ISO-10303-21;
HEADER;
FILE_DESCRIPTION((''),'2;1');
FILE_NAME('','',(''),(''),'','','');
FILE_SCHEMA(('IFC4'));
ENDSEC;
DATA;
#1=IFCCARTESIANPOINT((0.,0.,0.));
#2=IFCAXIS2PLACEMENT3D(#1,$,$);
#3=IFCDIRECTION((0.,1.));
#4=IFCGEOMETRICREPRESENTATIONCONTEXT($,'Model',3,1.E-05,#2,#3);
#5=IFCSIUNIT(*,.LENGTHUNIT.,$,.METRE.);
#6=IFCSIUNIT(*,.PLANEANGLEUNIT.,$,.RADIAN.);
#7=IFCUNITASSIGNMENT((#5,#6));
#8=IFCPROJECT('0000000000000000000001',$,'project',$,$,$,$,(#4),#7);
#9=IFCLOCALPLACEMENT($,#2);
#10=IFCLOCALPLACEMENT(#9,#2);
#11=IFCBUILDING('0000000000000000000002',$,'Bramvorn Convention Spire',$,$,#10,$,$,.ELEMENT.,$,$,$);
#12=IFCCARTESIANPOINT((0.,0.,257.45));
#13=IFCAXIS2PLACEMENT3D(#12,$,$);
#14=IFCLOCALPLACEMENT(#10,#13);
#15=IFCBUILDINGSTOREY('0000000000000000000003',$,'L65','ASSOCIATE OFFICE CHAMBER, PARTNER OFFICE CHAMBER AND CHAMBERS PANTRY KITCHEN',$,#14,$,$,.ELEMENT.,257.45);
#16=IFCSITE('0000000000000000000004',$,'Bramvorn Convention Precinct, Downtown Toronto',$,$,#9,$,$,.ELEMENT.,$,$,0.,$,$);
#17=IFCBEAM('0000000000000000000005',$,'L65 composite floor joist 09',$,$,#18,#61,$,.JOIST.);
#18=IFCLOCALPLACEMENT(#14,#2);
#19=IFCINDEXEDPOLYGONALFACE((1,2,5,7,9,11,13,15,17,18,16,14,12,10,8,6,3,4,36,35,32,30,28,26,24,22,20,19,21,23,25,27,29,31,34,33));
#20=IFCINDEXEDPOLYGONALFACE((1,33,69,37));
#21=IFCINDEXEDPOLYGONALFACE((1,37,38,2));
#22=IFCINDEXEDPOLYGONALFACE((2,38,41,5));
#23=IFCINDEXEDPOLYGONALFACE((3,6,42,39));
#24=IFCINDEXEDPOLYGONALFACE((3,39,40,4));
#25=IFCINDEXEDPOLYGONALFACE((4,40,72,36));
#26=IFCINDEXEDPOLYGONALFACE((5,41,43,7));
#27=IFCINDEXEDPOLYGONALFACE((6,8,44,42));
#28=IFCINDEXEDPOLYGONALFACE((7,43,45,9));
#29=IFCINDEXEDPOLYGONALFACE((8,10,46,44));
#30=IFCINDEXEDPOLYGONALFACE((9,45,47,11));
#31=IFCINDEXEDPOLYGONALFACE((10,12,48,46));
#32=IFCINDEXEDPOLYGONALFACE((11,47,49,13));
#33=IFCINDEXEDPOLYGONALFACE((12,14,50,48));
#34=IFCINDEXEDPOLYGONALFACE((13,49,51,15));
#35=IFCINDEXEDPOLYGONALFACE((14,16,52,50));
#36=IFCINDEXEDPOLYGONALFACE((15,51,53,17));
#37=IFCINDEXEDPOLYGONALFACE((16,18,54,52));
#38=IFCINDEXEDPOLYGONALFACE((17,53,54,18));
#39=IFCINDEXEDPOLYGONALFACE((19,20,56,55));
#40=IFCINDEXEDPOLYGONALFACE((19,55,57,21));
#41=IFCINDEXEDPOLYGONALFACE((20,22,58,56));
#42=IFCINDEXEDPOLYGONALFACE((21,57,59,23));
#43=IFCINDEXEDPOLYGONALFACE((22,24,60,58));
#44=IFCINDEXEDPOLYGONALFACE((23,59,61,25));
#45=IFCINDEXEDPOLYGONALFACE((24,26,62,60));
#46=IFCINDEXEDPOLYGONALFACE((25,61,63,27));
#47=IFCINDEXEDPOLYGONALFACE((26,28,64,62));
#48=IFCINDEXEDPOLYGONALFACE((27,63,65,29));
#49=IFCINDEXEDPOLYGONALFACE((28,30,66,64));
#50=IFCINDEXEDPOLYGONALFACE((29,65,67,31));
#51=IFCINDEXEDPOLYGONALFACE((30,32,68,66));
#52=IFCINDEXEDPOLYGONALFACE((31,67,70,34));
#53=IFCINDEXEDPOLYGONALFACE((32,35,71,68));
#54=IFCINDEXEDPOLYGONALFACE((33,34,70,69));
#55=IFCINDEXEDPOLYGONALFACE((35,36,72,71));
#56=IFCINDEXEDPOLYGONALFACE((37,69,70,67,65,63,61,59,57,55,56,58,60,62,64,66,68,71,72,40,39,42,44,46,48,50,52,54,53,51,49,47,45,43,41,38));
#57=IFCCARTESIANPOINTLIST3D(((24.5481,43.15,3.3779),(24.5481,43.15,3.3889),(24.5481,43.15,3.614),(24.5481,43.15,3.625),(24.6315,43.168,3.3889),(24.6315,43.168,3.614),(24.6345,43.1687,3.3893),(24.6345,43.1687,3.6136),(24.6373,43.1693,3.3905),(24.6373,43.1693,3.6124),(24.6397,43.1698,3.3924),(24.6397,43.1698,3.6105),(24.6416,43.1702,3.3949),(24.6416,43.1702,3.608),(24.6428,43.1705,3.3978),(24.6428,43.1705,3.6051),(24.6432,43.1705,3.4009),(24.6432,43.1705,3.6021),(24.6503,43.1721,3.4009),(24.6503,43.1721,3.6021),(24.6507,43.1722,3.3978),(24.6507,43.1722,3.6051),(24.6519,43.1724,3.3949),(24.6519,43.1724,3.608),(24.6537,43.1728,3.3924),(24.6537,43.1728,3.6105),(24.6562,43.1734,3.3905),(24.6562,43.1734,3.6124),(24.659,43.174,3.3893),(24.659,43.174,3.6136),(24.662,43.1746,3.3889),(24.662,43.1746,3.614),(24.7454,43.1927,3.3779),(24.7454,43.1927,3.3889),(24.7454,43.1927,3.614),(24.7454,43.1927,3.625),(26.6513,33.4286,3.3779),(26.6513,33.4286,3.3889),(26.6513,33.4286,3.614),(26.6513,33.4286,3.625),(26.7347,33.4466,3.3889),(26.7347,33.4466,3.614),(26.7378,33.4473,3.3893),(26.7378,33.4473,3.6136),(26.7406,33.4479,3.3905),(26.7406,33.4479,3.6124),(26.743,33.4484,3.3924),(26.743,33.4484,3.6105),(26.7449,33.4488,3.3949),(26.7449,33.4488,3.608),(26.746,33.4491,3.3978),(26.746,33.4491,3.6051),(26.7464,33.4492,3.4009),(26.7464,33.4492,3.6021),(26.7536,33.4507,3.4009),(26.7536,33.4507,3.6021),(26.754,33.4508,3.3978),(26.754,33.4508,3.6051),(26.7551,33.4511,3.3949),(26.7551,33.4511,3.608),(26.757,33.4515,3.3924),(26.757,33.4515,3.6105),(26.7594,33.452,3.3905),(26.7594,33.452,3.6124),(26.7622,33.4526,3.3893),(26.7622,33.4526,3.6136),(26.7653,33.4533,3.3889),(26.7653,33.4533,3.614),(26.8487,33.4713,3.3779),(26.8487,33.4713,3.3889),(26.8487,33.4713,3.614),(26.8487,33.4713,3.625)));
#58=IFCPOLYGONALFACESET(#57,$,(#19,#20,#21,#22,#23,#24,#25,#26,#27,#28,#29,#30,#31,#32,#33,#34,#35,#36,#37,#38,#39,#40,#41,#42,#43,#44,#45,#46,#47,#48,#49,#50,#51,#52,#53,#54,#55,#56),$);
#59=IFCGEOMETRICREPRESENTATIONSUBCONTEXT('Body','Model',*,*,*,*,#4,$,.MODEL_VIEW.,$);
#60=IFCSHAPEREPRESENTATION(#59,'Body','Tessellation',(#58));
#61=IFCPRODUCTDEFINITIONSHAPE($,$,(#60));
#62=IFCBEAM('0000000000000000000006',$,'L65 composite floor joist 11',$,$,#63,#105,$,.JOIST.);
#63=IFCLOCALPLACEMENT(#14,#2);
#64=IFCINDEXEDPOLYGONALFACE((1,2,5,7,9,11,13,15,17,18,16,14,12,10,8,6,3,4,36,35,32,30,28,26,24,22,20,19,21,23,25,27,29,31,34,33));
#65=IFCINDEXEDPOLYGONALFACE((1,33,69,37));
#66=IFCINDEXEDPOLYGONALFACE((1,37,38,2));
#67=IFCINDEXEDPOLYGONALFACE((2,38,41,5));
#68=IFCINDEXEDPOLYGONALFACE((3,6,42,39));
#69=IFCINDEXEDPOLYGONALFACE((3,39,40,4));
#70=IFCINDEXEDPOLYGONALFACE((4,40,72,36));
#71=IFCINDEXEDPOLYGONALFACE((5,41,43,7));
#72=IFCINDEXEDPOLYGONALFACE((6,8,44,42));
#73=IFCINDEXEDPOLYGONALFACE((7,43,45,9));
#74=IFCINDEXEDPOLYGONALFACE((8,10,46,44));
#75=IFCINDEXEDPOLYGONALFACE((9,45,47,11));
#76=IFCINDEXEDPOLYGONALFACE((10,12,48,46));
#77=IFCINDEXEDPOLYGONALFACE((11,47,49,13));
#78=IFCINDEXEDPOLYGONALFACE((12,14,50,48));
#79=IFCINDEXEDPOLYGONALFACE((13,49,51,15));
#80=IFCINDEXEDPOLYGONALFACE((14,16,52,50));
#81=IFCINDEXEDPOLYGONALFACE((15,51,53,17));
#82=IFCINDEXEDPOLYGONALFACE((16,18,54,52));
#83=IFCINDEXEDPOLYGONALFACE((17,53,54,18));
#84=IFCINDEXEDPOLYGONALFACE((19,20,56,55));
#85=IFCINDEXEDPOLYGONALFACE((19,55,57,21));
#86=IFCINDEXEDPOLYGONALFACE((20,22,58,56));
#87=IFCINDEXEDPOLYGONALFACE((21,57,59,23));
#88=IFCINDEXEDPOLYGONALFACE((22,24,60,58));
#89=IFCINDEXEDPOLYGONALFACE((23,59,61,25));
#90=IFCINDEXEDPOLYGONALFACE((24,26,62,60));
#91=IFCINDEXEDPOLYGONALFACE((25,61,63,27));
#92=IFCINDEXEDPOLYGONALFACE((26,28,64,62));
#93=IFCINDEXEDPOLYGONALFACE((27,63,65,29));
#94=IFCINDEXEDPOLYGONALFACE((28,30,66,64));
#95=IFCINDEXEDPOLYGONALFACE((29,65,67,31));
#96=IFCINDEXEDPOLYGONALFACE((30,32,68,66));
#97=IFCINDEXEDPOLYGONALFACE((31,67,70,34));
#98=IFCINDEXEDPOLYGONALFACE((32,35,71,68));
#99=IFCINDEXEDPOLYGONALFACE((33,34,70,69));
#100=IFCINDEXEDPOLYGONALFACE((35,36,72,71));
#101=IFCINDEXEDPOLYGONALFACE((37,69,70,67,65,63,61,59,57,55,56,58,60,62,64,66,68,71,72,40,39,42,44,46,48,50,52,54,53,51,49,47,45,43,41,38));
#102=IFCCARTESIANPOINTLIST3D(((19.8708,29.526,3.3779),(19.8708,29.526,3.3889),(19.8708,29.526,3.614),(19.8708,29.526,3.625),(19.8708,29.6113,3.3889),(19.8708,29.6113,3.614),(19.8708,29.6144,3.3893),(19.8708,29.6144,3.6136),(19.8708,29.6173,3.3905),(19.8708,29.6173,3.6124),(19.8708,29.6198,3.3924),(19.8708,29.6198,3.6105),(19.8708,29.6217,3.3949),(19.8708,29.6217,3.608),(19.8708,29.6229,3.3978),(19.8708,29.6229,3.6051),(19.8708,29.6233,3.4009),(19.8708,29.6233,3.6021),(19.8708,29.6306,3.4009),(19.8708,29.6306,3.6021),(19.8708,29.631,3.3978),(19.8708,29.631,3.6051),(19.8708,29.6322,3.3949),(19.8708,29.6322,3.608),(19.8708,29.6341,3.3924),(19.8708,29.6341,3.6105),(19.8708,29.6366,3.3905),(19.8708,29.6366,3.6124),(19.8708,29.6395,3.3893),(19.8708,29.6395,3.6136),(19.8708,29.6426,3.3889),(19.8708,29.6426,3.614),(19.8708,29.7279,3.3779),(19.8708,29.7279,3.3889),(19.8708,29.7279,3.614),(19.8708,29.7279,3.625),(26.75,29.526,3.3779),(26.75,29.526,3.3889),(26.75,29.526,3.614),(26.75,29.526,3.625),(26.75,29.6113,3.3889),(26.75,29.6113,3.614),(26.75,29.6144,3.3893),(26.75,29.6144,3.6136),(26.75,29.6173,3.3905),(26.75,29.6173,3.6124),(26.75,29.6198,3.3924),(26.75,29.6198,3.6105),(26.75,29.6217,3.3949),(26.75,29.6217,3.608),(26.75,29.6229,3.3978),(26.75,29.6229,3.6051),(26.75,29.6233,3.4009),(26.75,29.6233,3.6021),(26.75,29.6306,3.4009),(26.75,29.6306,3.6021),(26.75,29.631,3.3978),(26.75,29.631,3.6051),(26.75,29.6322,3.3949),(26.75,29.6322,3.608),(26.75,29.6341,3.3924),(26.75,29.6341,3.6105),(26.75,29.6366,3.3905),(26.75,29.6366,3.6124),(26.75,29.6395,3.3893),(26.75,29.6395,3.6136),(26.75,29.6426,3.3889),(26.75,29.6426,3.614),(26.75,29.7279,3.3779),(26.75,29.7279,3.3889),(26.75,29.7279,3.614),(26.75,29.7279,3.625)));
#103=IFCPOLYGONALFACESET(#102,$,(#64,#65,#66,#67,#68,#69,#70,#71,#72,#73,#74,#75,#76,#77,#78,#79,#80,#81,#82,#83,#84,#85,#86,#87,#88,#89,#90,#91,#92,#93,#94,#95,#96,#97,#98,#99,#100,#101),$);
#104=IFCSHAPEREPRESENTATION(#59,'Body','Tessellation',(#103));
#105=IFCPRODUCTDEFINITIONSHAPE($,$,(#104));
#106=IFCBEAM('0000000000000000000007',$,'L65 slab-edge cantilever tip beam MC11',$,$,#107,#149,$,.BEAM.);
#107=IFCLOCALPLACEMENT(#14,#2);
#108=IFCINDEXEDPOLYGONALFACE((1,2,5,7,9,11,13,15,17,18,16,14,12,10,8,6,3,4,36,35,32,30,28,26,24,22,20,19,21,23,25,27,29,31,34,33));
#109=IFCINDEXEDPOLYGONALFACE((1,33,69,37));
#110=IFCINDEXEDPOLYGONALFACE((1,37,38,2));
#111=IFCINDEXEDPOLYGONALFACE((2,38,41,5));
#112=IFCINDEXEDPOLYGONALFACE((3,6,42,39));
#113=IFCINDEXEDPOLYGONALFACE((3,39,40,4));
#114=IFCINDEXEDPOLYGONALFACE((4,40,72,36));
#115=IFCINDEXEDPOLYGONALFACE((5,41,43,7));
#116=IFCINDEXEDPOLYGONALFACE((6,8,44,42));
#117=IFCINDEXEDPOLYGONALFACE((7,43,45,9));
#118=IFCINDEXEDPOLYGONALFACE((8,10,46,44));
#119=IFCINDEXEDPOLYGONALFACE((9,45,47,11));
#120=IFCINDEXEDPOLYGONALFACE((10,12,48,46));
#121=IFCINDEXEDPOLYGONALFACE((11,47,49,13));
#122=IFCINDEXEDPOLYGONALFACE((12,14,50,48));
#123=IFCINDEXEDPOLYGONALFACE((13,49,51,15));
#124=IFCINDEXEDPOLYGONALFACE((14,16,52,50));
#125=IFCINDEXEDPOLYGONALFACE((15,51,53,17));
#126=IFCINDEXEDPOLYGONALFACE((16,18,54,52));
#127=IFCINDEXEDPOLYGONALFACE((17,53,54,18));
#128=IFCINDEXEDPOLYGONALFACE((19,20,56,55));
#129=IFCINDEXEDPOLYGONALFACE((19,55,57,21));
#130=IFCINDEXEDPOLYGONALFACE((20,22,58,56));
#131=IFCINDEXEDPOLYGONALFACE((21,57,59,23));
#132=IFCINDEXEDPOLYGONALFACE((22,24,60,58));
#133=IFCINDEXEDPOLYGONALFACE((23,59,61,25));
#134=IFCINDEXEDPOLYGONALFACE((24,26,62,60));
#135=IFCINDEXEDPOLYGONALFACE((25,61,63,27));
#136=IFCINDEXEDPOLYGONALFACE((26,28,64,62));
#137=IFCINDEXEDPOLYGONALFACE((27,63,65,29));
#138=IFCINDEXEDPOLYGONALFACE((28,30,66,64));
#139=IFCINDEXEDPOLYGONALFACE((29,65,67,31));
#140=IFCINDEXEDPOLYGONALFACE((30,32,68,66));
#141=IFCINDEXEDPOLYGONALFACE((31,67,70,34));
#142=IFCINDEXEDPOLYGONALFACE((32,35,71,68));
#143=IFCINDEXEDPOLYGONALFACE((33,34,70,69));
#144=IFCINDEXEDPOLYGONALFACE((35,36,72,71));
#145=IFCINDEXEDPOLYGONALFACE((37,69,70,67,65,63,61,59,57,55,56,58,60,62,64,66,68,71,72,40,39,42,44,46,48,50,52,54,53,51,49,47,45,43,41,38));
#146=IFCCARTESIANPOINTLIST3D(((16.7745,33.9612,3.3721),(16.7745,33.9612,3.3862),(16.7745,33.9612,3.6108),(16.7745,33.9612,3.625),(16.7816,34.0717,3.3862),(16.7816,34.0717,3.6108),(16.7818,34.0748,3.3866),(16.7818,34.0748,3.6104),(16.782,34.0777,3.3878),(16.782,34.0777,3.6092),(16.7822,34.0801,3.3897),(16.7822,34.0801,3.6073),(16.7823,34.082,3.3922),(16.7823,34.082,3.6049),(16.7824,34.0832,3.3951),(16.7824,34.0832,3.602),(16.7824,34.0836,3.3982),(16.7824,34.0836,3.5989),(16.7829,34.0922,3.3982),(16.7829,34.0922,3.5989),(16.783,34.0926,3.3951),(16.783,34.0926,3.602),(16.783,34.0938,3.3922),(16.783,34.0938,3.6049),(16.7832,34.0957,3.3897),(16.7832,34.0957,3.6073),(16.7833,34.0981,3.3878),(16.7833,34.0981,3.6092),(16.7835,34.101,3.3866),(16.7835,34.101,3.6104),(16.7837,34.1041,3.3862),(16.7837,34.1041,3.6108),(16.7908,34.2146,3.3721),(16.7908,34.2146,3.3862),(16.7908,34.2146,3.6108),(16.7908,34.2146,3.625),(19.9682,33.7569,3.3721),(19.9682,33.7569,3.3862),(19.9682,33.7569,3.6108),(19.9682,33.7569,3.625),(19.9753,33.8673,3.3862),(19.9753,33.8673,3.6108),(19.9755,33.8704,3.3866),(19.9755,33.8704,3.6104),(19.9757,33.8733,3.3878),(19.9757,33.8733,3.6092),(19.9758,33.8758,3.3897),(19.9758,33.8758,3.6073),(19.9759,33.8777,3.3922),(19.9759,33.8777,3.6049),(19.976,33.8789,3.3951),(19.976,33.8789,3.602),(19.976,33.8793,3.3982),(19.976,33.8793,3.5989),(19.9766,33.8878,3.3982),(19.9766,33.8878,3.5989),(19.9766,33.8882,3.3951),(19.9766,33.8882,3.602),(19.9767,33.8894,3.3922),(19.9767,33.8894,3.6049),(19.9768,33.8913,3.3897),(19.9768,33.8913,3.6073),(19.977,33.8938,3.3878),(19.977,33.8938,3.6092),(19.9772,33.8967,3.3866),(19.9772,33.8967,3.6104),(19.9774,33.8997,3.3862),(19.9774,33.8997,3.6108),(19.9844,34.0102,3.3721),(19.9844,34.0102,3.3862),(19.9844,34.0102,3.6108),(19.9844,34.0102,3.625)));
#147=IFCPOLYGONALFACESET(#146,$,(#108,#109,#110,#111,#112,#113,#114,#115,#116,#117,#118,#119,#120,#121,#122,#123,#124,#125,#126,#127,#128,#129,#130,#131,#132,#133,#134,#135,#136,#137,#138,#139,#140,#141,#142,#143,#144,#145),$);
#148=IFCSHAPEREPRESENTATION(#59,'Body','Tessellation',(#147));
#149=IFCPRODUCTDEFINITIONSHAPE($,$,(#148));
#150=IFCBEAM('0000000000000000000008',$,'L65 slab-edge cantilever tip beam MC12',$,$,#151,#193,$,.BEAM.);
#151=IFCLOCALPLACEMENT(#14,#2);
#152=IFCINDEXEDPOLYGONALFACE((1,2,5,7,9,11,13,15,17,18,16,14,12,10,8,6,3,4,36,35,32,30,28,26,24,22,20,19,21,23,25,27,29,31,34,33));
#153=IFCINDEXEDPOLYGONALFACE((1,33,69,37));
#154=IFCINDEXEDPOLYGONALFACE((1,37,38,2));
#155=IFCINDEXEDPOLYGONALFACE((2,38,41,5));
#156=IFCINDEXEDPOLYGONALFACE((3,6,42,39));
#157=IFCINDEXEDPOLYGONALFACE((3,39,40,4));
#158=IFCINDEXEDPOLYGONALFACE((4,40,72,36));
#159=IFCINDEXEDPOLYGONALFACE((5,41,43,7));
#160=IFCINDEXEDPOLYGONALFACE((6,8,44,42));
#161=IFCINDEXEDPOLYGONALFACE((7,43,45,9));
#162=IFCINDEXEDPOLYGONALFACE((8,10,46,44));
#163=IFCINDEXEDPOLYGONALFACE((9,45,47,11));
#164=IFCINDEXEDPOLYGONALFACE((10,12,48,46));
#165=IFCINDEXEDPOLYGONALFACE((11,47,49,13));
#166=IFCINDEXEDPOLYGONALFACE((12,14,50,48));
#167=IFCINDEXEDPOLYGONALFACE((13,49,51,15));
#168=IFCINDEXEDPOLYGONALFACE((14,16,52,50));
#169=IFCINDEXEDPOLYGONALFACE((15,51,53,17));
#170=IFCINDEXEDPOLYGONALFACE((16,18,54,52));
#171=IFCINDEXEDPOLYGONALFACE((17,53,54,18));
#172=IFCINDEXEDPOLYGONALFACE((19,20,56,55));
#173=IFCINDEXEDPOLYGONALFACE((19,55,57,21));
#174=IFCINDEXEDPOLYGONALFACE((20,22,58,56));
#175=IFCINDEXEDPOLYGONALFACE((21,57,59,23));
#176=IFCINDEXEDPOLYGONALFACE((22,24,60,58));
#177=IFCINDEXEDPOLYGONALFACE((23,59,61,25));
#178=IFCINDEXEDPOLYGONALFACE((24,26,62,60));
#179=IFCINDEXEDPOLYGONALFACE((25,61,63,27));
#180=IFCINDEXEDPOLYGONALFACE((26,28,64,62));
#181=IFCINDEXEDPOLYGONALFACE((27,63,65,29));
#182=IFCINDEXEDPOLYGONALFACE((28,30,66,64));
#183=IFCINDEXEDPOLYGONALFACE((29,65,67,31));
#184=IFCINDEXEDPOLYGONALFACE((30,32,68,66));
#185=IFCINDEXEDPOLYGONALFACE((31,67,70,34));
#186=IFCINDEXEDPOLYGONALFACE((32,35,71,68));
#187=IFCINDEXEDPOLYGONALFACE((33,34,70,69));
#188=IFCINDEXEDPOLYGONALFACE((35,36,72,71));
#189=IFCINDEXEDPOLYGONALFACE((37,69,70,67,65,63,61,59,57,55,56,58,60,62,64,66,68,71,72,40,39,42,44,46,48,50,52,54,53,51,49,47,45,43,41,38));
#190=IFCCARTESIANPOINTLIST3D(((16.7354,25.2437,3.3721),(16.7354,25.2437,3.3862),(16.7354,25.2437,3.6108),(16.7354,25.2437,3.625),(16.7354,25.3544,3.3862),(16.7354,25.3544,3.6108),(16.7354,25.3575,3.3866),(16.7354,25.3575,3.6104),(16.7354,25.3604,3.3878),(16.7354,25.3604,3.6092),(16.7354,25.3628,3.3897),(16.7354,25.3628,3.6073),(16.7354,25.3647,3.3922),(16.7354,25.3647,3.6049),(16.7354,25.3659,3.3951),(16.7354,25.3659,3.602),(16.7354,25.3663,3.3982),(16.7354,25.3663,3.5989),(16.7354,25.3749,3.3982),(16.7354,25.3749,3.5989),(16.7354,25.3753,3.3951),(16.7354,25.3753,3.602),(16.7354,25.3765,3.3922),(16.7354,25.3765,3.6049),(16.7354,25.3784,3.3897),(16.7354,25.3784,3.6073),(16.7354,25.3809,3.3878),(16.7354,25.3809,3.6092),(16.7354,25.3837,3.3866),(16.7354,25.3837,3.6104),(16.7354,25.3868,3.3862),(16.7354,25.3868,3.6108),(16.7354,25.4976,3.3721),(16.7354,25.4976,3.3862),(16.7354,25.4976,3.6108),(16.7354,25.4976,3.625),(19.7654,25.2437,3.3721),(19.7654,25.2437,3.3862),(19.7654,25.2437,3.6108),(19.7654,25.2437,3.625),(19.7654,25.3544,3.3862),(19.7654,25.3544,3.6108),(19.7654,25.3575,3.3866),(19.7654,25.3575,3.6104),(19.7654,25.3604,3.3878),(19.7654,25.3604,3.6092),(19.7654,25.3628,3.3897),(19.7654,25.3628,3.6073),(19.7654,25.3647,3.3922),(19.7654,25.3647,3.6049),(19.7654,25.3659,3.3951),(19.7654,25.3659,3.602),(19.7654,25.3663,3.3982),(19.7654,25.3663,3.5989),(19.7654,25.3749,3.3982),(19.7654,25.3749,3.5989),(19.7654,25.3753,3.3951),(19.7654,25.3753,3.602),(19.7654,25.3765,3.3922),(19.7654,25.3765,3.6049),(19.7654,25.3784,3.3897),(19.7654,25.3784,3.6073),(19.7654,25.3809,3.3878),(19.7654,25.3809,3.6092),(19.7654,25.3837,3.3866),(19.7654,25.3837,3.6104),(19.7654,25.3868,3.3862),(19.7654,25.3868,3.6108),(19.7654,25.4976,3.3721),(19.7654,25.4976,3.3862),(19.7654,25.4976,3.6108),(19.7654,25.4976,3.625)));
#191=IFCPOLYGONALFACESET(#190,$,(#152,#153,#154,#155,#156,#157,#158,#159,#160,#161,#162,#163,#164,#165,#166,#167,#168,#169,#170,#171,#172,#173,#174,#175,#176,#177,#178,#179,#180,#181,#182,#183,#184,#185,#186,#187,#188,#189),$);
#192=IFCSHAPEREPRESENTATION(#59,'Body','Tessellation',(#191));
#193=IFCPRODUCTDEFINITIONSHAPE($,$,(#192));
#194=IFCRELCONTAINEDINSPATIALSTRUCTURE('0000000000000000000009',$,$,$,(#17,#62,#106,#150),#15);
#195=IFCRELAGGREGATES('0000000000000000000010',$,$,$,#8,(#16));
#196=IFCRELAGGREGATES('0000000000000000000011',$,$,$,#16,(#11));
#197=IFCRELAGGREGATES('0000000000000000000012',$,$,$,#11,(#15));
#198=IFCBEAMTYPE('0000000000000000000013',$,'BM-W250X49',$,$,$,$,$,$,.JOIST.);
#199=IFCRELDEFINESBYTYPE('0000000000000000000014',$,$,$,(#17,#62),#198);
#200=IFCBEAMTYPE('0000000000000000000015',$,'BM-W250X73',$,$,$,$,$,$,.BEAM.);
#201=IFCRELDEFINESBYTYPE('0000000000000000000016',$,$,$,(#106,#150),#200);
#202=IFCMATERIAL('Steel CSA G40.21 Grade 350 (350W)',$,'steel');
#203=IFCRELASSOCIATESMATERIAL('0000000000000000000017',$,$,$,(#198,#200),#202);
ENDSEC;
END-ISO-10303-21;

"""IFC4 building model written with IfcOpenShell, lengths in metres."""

from ifc_helpers import new_model, si_unit, direction, frame, origin, origin_2d, place, context, subcontext, project, spatial, i_section, extrude, material, material_profile, profile_set, type_object, element, save


model = new_model("IFC4")

# Units and contexts
model_context = context("Model", 3, precision=1e-05, world=origin(), true_north=direction((0.0, 1.0)))
body_context = subcontext(model_context, "Body", "Model", "MODEL_VIEW")
ifc_project = project(units=[si_unit("LENGTHUNIT", "METRE"), si_unit("PLANEANGLEUNIT", "RADIAN")], contexts=[model_context])

# Site, building, storey
site_placement = place(None, origin())
site = spatial("IfcSite", under=ifc_project, at=site_placement, Name="Bramvorn Convention Precinct, Downtown Toronto", CompositionType="ELEMENT", RefElevation=0.0)
building_placement = place(site_placement, origin())
building = spatial("IfcBuilding", under=site, at=building_placement, Name="Bramvorn Convention Spire", CompositionType="ELEMENT")
storey_placement = place(building_placement, frame((0.0, 0.0, 257.45)))
storey = spatial("IfcBuildingStorey", under=building, at=storey_placement, Name="L65", Description="ASSOCIATE OFFICE CHAMBER, PARTNER OFFICE CHAMBER AND CHAMBERS PANTRY KITCHEN", CompositionType="ELEMENT", Elevation=257.45)

# Shared definitions
ifc_material_1 = material(Name="Steel CSA G40.21 Grade 350 (350W)", Category="steel")

# Beams
ifc_material_profile_1 = material_profile(ifc_material_1, i_section(OverallWidth=0.2019, OverallDepth=0.2471, WebThickness=0.0073, FlangeThickness=0.011, FilletRadius=0.012, at=origin_2d()))
ifc_profile_set_1 = profile_set([ifc_material_profile_1], Name="Steel CSA G40.21 Grade 350 (350W) - W250X49")
beam_type_1 = type_object("IfcBeamType", Name="BM-W250X49", PredefinedType="JOIST", material=ifc_profile_set_1)
beam_1_placement = place(storey_placement, frame((26.75, 33.45, 3.5015), z_axis=(-0.211461, 0.977386, 0.0), x_axis=(-0.977386, -0.211461, 0.0)))
element("IfcBeam", 1, at=beam_1_placement, inside=storey, type_object=beam_type_1, Name="L65 composite floor joist 09", PredefinedType="JOIST", context=body_context, shape_type="SweptSolid", body=[
    extrude(i_section(OverallWidth=0.2019, OverallDepth=0.2471, WebThickness=0.0073, FlangeThickness=0.011, FilletRadius=0.012, at=origin_2d()), origin(), (0.0, 0.0, 1.0), 9.9463),
])
beam_2_placement = place(storey_placement, frame((26.75, 29.627, 3.5015), z_axis=(-1.0, 0.0, 0.0), x_axis=(0.0, -1.0, 0.0)))
element("IfcBeam", 2, at=beam_2_placement, inside=storey, type_object=beam_type_1, Name="L65 composite floor joist 11", PredefinedType="JOIST", context=body_context, shape_type="SweptSolid", body=[
    extrude(i_section(OverallWidth=0.2019, OverallDepth=0.2471, WebThickness=0.0073, FlangeThickness=0.011, FilletRadius=0.012, at=origin_2d()), origin(), (0.0, 0.0, 1.0), 6.8792),
])
ifc_material_profile_2 = material_profile(ifc_material_1, i_section(OverallWidth=0.2539, OverallDepth=0.2529, WebThickness=0.0085, FlangeThickness=0.0142, FilletRadius=0.012, at=origin_2d()))
ifc_profile_set_2 = profile_set([ifc_material_profile_2], Name="Steel CSA G40.21 Grade 350 (350W) - W250X73")
beam_type_2 = type_object("IfcBeamType", Name="BM-W250X73", PredefinedType="BEAM", material=ifc_profile_set_2)
beam_3_placement = place(storey_placement, frame((19.9763, 33.8835, 3.4985), z_axis=(-0.997959, 0.063855, 0.0), x_axis=(-0.063855, -0.997959, 0.0)))
element("IfcBeam", 3, at=beam_3_placement, inside=storey, type_object=beam_type_2, Name="L65 slab-edge cantilever tip beam MC11", PredefinedType="BEAM", context=body_context, shape_type="SweptSolid", body=[
    extrude(i_section(OverallWidth=0.2539, OverallDepth=0.2529, WebThickness=0.0085, FlangeThickness=0.0142, FilletRadius=0.012, at=origin_2d()), origin(), (0.0, 0.0, 1.0), 3.2002),
])
beam_4_placement = place(storey_placement, frame((19.7654, 25.3706, 3.4985), z_axis=(-1.0, 0.0, 0.0), x_axis=(0.0, -1.0, 0.0)))
element("IfcBeam", 4, at=beam_4_placement, inside=storey, type_object=beam_type_2, Name="L65 slab-edge cantilever tip beam MC12", PredefinedType="BEAM", context=body_context, shape_type="SweptSolid", body=[
    extrude(i_section(OverallWidth=0.2539, OverallDepth=0.2529, WebThickness=0.0085, FlangeThickness=0.0142, FilletRadius=0.012, at=origin_2d()), origin(), (0.0, 0.0, 1.0), 3.03),
])

save(model, "model.ifc")
